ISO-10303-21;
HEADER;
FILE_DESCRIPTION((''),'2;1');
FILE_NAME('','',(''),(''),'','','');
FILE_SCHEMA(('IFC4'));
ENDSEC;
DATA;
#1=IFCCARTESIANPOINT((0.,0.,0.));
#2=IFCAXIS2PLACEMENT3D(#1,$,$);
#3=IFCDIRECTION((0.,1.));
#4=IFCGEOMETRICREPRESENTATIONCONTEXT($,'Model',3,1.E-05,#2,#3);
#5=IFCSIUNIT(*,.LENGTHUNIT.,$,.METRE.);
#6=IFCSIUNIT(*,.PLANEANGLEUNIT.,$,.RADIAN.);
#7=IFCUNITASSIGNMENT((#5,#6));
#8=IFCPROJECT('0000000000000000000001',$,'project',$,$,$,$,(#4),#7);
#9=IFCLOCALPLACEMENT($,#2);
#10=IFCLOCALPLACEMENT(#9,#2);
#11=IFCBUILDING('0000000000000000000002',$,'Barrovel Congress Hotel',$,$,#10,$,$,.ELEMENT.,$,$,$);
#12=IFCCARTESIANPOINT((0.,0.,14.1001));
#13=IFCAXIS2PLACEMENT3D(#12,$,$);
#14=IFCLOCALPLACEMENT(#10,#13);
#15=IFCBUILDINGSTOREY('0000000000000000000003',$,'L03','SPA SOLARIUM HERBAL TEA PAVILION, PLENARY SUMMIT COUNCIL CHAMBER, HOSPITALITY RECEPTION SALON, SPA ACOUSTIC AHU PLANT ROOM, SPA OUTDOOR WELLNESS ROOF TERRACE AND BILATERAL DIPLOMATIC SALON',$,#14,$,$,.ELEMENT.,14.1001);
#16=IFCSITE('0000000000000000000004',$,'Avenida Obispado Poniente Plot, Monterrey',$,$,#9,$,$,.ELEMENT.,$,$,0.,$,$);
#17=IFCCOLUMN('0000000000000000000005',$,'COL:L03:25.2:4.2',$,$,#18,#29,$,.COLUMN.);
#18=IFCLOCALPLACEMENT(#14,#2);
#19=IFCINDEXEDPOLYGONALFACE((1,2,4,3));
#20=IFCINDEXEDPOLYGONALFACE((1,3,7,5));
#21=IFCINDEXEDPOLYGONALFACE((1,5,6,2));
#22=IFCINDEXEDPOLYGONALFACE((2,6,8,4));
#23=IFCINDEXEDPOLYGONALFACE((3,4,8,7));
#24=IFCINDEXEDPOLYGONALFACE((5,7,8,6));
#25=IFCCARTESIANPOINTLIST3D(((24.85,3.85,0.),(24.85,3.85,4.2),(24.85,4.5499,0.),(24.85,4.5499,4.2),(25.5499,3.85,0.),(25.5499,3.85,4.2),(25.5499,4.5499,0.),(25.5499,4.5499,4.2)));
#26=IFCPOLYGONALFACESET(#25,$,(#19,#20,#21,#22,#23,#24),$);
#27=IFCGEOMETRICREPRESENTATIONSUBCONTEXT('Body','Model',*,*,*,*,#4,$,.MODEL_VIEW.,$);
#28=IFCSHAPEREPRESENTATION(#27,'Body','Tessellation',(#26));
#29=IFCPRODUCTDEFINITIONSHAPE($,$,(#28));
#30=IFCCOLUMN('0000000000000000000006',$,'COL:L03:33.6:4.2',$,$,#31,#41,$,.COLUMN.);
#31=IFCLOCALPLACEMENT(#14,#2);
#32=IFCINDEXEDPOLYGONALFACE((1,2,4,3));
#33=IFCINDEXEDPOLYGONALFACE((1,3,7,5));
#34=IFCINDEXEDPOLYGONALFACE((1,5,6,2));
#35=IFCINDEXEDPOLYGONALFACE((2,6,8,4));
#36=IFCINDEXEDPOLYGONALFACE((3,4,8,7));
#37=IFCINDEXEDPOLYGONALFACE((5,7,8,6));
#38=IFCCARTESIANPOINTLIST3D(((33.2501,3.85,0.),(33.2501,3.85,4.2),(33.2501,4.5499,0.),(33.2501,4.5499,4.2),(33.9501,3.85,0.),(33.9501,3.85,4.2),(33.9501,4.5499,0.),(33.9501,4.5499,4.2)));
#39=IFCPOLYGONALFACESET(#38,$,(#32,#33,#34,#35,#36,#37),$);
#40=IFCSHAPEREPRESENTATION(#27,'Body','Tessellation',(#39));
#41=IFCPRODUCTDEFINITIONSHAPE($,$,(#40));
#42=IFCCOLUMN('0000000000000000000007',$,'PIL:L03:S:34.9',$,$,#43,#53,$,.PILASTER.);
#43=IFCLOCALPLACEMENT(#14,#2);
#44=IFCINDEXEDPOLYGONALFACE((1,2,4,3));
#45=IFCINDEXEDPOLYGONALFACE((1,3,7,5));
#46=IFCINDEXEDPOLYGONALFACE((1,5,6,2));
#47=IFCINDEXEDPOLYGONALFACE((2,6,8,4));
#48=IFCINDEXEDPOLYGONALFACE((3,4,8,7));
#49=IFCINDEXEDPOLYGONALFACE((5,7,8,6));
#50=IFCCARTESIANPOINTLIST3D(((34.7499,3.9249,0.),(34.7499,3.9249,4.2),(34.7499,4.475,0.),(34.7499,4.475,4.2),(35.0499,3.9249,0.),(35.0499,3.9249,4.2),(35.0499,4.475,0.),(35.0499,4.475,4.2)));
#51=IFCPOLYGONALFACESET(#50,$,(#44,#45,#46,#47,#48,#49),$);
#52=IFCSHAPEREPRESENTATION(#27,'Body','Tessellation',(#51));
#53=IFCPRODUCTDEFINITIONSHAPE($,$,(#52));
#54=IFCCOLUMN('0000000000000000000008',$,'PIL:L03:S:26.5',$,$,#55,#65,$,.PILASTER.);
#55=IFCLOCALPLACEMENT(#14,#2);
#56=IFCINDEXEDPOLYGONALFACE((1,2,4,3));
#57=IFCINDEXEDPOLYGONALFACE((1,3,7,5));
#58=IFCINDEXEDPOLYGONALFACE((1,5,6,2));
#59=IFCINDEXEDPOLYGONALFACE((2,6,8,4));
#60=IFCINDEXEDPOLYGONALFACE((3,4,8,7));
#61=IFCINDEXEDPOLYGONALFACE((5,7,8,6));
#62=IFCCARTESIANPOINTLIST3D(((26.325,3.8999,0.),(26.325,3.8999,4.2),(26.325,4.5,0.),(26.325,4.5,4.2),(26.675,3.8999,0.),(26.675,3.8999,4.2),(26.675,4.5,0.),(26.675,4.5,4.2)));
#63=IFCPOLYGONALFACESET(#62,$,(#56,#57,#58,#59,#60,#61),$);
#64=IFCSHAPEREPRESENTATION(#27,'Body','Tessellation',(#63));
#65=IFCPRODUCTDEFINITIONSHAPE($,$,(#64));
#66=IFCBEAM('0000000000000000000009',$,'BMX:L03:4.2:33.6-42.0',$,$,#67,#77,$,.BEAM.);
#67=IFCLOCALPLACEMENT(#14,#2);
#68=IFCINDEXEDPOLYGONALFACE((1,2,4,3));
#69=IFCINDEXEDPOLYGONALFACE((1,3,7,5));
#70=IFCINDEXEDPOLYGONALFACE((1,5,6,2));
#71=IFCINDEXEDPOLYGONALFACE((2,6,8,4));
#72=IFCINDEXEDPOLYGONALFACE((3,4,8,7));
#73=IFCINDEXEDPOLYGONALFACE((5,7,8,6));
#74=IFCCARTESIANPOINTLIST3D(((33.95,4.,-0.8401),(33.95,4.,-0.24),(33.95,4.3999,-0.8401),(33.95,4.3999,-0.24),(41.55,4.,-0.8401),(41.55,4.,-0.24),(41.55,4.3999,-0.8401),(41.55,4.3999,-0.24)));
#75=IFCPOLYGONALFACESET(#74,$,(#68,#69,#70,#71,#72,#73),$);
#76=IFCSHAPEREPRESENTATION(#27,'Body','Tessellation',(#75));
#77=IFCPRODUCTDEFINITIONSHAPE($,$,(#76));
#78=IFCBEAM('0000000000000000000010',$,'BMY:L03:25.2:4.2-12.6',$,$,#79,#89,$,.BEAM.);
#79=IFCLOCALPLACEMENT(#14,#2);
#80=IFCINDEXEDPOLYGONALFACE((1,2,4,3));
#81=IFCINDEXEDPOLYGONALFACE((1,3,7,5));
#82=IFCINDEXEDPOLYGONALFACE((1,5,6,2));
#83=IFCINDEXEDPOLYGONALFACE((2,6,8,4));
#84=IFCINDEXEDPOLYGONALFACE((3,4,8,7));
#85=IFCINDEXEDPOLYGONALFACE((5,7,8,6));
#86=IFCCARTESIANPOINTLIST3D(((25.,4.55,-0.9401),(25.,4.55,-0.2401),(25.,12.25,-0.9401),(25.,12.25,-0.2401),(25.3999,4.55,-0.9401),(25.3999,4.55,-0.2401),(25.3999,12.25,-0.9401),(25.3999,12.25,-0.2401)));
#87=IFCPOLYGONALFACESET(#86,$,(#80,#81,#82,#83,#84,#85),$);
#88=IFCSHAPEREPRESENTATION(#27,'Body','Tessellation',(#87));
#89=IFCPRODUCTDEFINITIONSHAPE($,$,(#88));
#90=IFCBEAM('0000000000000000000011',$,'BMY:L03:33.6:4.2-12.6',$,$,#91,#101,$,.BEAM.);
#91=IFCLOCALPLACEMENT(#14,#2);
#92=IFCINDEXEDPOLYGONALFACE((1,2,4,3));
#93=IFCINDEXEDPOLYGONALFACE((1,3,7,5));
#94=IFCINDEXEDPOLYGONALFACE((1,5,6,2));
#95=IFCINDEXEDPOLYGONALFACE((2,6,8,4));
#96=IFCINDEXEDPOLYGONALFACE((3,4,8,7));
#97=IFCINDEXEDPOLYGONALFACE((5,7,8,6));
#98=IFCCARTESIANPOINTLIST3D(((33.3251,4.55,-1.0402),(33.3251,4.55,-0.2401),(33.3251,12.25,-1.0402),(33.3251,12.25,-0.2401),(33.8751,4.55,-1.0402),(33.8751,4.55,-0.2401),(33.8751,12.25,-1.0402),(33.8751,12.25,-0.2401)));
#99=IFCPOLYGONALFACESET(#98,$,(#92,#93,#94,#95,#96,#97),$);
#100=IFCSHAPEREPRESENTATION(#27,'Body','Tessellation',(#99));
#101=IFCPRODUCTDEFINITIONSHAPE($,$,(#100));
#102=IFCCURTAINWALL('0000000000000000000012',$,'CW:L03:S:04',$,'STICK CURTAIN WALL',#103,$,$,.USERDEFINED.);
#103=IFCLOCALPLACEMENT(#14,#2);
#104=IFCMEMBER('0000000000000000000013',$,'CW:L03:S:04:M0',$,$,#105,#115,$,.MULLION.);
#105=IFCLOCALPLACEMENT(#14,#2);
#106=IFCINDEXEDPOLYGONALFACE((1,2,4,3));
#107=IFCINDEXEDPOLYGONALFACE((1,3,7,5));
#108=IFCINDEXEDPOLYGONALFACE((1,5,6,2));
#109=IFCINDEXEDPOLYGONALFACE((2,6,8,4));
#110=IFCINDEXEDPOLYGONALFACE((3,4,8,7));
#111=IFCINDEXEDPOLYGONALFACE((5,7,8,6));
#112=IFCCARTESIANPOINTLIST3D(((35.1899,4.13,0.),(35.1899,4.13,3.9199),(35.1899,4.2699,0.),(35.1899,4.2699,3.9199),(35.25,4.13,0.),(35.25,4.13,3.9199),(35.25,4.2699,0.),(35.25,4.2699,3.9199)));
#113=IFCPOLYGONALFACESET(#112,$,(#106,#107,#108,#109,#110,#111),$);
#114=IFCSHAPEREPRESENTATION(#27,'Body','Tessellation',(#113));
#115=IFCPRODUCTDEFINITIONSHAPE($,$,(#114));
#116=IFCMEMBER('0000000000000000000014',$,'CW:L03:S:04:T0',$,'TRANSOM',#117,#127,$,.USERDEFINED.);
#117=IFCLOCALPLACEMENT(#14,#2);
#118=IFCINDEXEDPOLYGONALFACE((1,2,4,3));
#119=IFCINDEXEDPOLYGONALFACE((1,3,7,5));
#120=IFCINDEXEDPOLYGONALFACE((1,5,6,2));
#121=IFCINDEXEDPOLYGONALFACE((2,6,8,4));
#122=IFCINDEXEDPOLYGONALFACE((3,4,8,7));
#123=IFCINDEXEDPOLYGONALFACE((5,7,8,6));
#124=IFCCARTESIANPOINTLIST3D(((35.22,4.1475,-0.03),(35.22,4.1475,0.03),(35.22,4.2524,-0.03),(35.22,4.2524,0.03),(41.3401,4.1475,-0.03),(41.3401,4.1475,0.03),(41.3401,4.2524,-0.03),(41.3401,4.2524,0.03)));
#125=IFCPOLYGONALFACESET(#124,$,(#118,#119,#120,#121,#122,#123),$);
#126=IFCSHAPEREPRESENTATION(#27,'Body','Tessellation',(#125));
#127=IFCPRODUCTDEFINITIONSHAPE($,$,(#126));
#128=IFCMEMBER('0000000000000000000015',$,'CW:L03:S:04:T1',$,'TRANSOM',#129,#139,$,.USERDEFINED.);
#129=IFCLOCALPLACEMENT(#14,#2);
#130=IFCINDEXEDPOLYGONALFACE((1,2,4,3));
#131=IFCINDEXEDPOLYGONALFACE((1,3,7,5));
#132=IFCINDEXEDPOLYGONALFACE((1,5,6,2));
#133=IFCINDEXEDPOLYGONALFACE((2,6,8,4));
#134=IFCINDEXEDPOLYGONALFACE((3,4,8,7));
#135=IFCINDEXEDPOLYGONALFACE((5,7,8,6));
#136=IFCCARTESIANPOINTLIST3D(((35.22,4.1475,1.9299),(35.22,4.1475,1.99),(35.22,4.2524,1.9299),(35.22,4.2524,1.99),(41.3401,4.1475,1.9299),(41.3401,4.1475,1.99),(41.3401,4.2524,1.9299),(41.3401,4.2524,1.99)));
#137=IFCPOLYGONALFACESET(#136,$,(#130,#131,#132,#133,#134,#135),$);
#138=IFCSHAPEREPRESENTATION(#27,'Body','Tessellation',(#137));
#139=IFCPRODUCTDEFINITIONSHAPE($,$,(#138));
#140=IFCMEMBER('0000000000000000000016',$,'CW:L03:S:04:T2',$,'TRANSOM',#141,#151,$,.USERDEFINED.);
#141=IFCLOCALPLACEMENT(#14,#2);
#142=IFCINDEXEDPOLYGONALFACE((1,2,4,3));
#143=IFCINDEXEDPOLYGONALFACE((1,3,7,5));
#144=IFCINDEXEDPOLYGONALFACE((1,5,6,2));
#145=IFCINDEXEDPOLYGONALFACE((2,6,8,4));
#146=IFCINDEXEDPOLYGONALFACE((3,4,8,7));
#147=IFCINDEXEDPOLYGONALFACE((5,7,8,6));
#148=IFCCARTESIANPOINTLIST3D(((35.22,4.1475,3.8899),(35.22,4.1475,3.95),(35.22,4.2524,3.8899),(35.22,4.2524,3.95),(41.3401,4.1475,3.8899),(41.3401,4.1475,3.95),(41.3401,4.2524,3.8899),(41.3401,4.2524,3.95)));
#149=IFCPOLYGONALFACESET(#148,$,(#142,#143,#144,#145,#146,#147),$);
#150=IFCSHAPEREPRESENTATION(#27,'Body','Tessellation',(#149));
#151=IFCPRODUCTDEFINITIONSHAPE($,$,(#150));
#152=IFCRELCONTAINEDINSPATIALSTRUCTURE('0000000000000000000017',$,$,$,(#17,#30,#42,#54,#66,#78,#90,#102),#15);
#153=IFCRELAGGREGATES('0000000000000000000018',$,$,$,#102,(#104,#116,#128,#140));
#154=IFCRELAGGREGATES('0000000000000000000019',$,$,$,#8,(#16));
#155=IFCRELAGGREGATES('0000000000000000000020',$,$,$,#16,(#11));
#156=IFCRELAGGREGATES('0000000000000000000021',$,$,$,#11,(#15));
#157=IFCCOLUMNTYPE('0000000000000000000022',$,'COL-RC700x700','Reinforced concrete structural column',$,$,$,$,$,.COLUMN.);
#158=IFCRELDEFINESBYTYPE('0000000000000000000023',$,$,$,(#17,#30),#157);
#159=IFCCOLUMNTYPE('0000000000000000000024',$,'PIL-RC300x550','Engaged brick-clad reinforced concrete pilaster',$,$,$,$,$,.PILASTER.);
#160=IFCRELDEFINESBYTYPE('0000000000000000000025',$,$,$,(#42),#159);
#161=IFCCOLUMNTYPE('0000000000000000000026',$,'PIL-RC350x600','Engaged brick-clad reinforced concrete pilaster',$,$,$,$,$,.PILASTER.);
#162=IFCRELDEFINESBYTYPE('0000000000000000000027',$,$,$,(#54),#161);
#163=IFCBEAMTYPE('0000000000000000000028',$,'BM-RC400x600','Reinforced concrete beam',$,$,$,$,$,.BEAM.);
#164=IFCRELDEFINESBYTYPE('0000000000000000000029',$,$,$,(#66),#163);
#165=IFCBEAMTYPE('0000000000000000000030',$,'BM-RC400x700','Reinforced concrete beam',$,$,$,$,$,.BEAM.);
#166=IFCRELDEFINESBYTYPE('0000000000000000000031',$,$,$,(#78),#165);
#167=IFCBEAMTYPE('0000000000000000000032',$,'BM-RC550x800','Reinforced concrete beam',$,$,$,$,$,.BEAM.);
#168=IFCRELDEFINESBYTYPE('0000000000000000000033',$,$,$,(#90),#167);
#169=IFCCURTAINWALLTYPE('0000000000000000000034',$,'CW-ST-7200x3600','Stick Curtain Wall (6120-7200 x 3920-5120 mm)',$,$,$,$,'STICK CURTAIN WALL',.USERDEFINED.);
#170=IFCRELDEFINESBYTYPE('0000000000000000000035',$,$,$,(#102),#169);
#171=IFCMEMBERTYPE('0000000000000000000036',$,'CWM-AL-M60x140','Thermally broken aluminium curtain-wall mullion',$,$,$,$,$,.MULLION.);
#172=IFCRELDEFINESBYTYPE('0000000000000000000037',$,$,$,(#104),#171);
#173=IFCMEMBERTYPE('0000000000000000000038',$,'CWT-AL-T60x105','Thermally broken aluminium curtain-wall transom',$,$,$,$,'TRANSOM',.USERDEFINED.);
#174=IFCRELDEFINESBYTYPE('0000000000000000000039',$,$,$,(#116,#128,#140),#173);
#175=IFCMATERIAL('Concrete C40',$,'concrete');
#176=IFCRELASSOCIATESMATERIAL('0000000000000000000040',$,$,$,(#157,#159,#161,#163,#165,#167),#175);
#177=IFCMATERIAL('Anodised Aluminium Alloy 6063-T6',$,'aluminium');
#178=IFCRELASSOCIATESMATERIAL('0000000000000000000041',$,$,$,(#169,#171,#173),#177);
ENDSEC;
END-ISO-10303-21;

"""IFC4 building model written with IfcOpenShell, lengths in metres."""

from ifc_helpers import new_model, si_unit, direction, frame, origin, origin_2d, place, context, subcontext, project, spatial, rectangle, extrude, material, material_profile, profile_set, type_object, element, aggregate, save


model = new_model("IFC4")

# Units and contexts
model_context = context("Model", 3, precision=1e-05, world=origin(), true_north=direction((0.0, 1.0)))
body_context = subcontext(model_context, "Body", "Model", "MODEL_VIEW")
ifc_project = project(units=[si_unit("LENGTHUNIT", "METRE"), si_unit("PLANEANGLEUNIT", "RADIAN")], contexts=[model_context])

# Site, building, storey
site_placement = place(None, origin())
site = spatial("IfcSite", under=ifc_project, at=site_placement, Name="Avenida Obispado Poniente Plot, Monterrey", CompositionType="ELEMENT", RefElevation=0.0)
building_placement = place(site_placement, origin())
building = spatial("IfcBuilding", under=site, at=building_placement, Name="Barrovel Congress Hotel", CompositionType="ELEMENT")
storey_placement = place(building_placement, frame((0.0, 0.0, 14.1001)))
storey = spatial("IfcBuildingStorey", under=building, at=storey_placement, Name="L03", Description="SPA SOLARIUM HERBAL TEA PAVILION, PLENARY SUMMIT COUNCIL CHAMBER, HOSPITALITY RECEPTION SALON, SPA ACOUSTIC AHU PLANT ROOM, SPA OUTDOOR WELLNESS ROOF TERRACE AND BILATERAL DIPLOMATIC SALON", CompositionType="ELEMENT", Elevation=14.1001)

# Columns
ifc_material_1 = material(Name="Concrete C40", Category="concrete")
ifc_material_profile_1 = material_profile(ifc_material_1, rectangle(XDim=0.7, YDim=0.7, at=origin_2d()), Name="RC700x700")
ifc_profile_set_1 = profile_set([ifc_material_profile_1], Name="Concrete C40")
column_type_1 = type_object("IfcColumnType", Name="COL-RC700x700", Description="Reinforced concrete structural column", PredefinedType="COLUMN", material=ifc_profile_set_1)
for number, where, z_axis, x_axis, name in (
    (1, (25.2, 4.2, 0.0), (0.0, 0.0, 1.0), (1.0, 0.0, 0.0), "COL:L03:25.2:4.2"),
    (2, (33.6001, 4.2, 0.0), (0.0, 0.0, 1.0), (1.0, 0.0, 0.0), "COL:L03:33.6:4.2"),
):
    element("IfcColumn", number, at=place(storey_placement, frame(where, z_axis=z_axis, x_axis=x_axis)), inside=storey, type_object=column_type_1, Name=name, PredefinedType="COLUMN", context=body_context, shape_type="SweptSolid", body=[
        extrude(rectangle(XDim=0.7, YDim=0.7, at=origin_2d()), origin(), (0.0, 0.0, 1.0), 4.2),
    ])
ifc_material_profile_2 = material_profile(ifc_material_1, rectangle(XDim=0.3, YDim=0.55, at=origin_2d()), Name="RC300x550")
ifc_profile_set_2 = profile_set([ifc_material_profile_2], Name="Concrete C40")
column_type_2 = type_object("IfcColumnType", Name="PIL-RC300x550", Description="Engaged brick-clad reinforced concrete pilaster", PredefinedType="PILASTER", material=ifc_profile_set_2)
column_1_placement = place(storey_placement, frame((34.8999, 4.2, 0.0), z_axis=(0.0, 0.0, 1.0), x_axis=(1.0, 0.0, 0.0)))
element("IfcColumn", 3, at=column_1_placement, inside=storey, type_object=column_type_2, Name="PIL:L03:S:34.9", PredefinedType="PILASTER", context=body_context, shape_type="SweptSolid", body=[
    extrude(rectangle(XDim=0.3, YDim=0.55, at=origin_2d()), origin(), (0.0, 0.0, 1.0), 4.2),
])
ifc_material_profile_3 = material_profile(ifc_material_1, rectangle(XDim=0.3501, YDim=0.6001, at=origin_2d()), Name="RC350x600")
ifc_profile_set_3 = profile_set([ifc_material_profile_3], Name="Concrete C40")
column_type_3 = type_object("IfcColumnType", Name="PIL-RC350x600", Description="Engaged brick-clad reinforced concrete pilaster", PredefinedType="PILASTER", material=ifc_profile_set_3)
column_2_placement = place(storey_placement, frame((26.5, 4.2, 0.0), z_axis=(0.0, 0.0, 1.0), x_axis=(1.0, 0.0, 0.0)))
element("IfcColumn", 4, at=column_2_placement, inside=storey, type_object=column_type_3, Name="PIL:L03:S:26.5", PredefinedType="PILASTER", context=body_context, shape_type="SweptSolid", body=[
    extrude(rectangle(XDim=0.3501, YDim=0.6001, at=origin_2d()), origin(), (0.0, 0.0, 1.0), 4.2),
])

# Beams
ifc_material_profile_4 = material_profile(ifc_material_1, rectangle(XDim=0.3999, YDim=0.6001, at=origin_2d()), Name="RC400x600")
ifc_profile_set_4 = profile_set([ifc_material_profile_4], Name="Concrete C40")
beam_type_1 = type_object("IfcBeamType", Name="BM-RC400x600", Description="Reinforced concrete beam", PredefinedType="BEAM", material=ifc_profile_set_4)
beam_1_placement = place(storey_placement, frame((33.95, 4.2, -0.54), z_axis=(1.0, 0.0, 0.0), x_axis=(0.0, 1.0, 0.0)))
element("IfcBeam", 5, at=beam_1_placement, inside=storey, type_object=beam_type_1, Name="BMX:L03:4.2:33.6-42.0", PredefinedType="BEAM", context=body_context, shape_type="SweptSolid", body=[
    extrude(rectangle(XDim=0.3999, YDim=0.6001, at=origin_2d()), origin(), (0.0, 0.0, 1.0), 7.6001),
])
ifc_material_profile_5 = material_profile(ifc_material_1, rectangle(XDim=0.3999, YDim=0.7, at=origin_2d()), Name="RC400x700")
ifc_profile_set_5 = profile_set([ifc_material_profile_5], Name="Concrete C40")
beam_type_2 = type_object("IfcBeamType", Name="BM-RC400x700", Description="Reinforced concrete beam", PredefinedType="BEAM", material=ifc_profile_set_5)
beam_2_placement = place(storey_placement, frame((25.2, 4.55, -0.5901), z_axis=(0.0, 1.0, 0.0), x_axis=(-1.0, 0.0, 0.0)))
element("IfcBeam", 6, at=beam_2_placement, inside=storey, type_object=beam_type_2, Name="BMY:L03:25.2:4.2-12.6", PredefinedType="BEAM", context=body_context, shape_type="SweptSolid", body=[
    extrude(rectangle(XDim=0.3999, YDim=0.7, at=origin_2d()), origin(), (0.0, 0.0, 1.0), 7.7),
])
ifc_material_profile_6 = material_profile(ifc_material_1, rectangle(XDim=0.55, YDim=0.8, at=origin_2d()), Name="RC550x800")
ifc_profile_set_6 = profile_set([ifc_material_profile_6], Name="Concrete C40")
beam_type_3 = type_object("IfcBeamType", Name="BM-RC550x800", Description="Reinforced concrete beam", PredefinedType="BEAM", material=ifc_profile_set_6)
beam_3_placement = place(storey_placement, frame((33.6001, 4.55, -0.6401), z_axis=(0.0, 1.0, 0.0), x_axis=(-1.0, 0.0, 0.0)))
element("IfcBeam", 7, at=beam_3_placement, inside=storey, type_object=beam_type_3, Name="BMY:L03:33.6:4.2-12.6", PredefinedType="BEAM", context=body_context, shape_type="SweptSolid", body=[
    extrude(rectangle(XDim=0.55, YDim=0.8, at=origin_2d()), origin(), (0.0, 0.0, 1.0), 7.7),
])

# Curtain wall, members
ifc_material_2 = material(Name="Anodised Aluminium Alloy 6063-T6", Category="aluminium")
curtain_wall_type = type_object("IfcCurtainWallType", Name="CW-ST-7200x3600", Description="Stick Curtain Wall (6120-7200 x 3920-5120 mm)", ElementType="STICK CURTAIN WALL", PredefinedType="USERDEFINED", material=ifc_material_2)
curtain_wall_placement = place(storey_placement, origin())
curtain_wall = element("IfcCurtainWall", 8, at=curtain_wall_placement, inside=storey, type_object=curtain_wall_type, Name="CW:L03:S:04", ObjectType="STICK CURTAIN WALL", PredefinedType="USERDEFINED")
ifc_material_profile_7 = material_profile(ifc_material_2, rectangle(XDim=0.0601, YDim=0.1399, at=origin_2d()), Name="AL-M60x140")
ifc_profile_set_7 = profile_set([ifc_material_profile_7], Name="Anodised Aluminium Alloy 6063-T6")
member_type_1 = type_object("IfcMemberType", Name="CWM-AL-M60x140", Description="Thermally broken aluminium curtain-wall mullion", PredefinedType="MULLION", material=ifc_profile_set_7)
member_1_placement = place(storey_placement, frame((35.22, 4.2, 0.0), z_axis=(0.0, 0.0, 1.0), x_axis=(1.0, 0.0, 0.0)))
member_1 = element("IfcMember", 9, at=member_1_placement, type_object=member_type_1, Name="CW:L03:S:04:M0", PredefinedType="MULLION", context=body_context, shape_type="SweptSolid", body=[
    extrude(rectangle(XDim=0.0601, YDim=0.1399, at=origin_2d()), origin(), (0.0, 0.0, 1.0), 3.9199),
])
ifc_material_profile_8 = material_profile(ifc_material_2, rectangle(XDim=0.105, YDim=0.0601, at=origin_2d()), Name="AL-T60x105")
ifc_profile_set_8 = profile_set([ifc_material_profile_8], Name="Anodised Aluminium Alloy 6063-T6")
member_type_2 = type_object("IfcMemberType", Name="CWT-AL-T60x105", Description="Thermally broken aluminium curtain-wall transom", ElementType="TRANSOM", PredefinedType="USERDEFINED", material=ifc_profile_set_8)
member_2_placement = place(storey_placement, frame((35.22, 4.2, 0.0), z_axis=(1.0, 0.0, 0.0), x_axis=(0.0, 1.0, 0.0)))
member_2 = element("IfcMember", 10, at=member_2_placement, type_object=member_type_2, Name="CW:L03:S:04:T0", ObjectType="TRANSOM", PredefinedType="USERDEFINED", context=body_context, shape_type="SweptSolid", body=[
    extrude(rectangle(XDim=0.105, YDim=0.0601, at=origin_2d()), origin(), (0.0, 0.0, 1.0), 6.1201),
])
member_3_placement = place(storey_placement, frame((35.22, 4.2, 1.96), z_axis=(1.0, 0.0, 0.0), x_axis=(0.0, 1.0, 0.0)))
member_3 = element("IfcMember", 11, at=member_3_placement, type_object=member_type_2, Name="CW:L03:S:04:T1", ObjectType="TRANSOM", PredefinedType="USERDEFINED", context=body_context, shape_type="SweptSolid", body=[
    extrude(rectangle(XDim=0.105, YDim=0.0601, at=origin_2d()), origin(), (0.0, 0.0, 1.0), 6.1201),
])
member_4_placement = place(storey_placement, frame((35.22, 4.2, 3.9199), z_axis=(1.0, 0.0, 0.0), x_axis=(0.0, 1.0, 0.0)))
member_4 = element("IfcMember", 12, at=member_4_placement, type_object=member_type_2, Name="CW:L03:S:04:T2", ObjectType="TRANSOM", PredefinedType="USERDEFINED", context=body_context, shape_type="SweptSolid", body=[
    extrude(rectangle(XDim=0.105, YDim=0.0601, at=origin_2d()), origin(), (0.0, 0.0, 1.0), 6.1201),
])

aggregate(curtain_wall, [member_1, member_2, member_3, member_4])

save(model, "model.ifc")
